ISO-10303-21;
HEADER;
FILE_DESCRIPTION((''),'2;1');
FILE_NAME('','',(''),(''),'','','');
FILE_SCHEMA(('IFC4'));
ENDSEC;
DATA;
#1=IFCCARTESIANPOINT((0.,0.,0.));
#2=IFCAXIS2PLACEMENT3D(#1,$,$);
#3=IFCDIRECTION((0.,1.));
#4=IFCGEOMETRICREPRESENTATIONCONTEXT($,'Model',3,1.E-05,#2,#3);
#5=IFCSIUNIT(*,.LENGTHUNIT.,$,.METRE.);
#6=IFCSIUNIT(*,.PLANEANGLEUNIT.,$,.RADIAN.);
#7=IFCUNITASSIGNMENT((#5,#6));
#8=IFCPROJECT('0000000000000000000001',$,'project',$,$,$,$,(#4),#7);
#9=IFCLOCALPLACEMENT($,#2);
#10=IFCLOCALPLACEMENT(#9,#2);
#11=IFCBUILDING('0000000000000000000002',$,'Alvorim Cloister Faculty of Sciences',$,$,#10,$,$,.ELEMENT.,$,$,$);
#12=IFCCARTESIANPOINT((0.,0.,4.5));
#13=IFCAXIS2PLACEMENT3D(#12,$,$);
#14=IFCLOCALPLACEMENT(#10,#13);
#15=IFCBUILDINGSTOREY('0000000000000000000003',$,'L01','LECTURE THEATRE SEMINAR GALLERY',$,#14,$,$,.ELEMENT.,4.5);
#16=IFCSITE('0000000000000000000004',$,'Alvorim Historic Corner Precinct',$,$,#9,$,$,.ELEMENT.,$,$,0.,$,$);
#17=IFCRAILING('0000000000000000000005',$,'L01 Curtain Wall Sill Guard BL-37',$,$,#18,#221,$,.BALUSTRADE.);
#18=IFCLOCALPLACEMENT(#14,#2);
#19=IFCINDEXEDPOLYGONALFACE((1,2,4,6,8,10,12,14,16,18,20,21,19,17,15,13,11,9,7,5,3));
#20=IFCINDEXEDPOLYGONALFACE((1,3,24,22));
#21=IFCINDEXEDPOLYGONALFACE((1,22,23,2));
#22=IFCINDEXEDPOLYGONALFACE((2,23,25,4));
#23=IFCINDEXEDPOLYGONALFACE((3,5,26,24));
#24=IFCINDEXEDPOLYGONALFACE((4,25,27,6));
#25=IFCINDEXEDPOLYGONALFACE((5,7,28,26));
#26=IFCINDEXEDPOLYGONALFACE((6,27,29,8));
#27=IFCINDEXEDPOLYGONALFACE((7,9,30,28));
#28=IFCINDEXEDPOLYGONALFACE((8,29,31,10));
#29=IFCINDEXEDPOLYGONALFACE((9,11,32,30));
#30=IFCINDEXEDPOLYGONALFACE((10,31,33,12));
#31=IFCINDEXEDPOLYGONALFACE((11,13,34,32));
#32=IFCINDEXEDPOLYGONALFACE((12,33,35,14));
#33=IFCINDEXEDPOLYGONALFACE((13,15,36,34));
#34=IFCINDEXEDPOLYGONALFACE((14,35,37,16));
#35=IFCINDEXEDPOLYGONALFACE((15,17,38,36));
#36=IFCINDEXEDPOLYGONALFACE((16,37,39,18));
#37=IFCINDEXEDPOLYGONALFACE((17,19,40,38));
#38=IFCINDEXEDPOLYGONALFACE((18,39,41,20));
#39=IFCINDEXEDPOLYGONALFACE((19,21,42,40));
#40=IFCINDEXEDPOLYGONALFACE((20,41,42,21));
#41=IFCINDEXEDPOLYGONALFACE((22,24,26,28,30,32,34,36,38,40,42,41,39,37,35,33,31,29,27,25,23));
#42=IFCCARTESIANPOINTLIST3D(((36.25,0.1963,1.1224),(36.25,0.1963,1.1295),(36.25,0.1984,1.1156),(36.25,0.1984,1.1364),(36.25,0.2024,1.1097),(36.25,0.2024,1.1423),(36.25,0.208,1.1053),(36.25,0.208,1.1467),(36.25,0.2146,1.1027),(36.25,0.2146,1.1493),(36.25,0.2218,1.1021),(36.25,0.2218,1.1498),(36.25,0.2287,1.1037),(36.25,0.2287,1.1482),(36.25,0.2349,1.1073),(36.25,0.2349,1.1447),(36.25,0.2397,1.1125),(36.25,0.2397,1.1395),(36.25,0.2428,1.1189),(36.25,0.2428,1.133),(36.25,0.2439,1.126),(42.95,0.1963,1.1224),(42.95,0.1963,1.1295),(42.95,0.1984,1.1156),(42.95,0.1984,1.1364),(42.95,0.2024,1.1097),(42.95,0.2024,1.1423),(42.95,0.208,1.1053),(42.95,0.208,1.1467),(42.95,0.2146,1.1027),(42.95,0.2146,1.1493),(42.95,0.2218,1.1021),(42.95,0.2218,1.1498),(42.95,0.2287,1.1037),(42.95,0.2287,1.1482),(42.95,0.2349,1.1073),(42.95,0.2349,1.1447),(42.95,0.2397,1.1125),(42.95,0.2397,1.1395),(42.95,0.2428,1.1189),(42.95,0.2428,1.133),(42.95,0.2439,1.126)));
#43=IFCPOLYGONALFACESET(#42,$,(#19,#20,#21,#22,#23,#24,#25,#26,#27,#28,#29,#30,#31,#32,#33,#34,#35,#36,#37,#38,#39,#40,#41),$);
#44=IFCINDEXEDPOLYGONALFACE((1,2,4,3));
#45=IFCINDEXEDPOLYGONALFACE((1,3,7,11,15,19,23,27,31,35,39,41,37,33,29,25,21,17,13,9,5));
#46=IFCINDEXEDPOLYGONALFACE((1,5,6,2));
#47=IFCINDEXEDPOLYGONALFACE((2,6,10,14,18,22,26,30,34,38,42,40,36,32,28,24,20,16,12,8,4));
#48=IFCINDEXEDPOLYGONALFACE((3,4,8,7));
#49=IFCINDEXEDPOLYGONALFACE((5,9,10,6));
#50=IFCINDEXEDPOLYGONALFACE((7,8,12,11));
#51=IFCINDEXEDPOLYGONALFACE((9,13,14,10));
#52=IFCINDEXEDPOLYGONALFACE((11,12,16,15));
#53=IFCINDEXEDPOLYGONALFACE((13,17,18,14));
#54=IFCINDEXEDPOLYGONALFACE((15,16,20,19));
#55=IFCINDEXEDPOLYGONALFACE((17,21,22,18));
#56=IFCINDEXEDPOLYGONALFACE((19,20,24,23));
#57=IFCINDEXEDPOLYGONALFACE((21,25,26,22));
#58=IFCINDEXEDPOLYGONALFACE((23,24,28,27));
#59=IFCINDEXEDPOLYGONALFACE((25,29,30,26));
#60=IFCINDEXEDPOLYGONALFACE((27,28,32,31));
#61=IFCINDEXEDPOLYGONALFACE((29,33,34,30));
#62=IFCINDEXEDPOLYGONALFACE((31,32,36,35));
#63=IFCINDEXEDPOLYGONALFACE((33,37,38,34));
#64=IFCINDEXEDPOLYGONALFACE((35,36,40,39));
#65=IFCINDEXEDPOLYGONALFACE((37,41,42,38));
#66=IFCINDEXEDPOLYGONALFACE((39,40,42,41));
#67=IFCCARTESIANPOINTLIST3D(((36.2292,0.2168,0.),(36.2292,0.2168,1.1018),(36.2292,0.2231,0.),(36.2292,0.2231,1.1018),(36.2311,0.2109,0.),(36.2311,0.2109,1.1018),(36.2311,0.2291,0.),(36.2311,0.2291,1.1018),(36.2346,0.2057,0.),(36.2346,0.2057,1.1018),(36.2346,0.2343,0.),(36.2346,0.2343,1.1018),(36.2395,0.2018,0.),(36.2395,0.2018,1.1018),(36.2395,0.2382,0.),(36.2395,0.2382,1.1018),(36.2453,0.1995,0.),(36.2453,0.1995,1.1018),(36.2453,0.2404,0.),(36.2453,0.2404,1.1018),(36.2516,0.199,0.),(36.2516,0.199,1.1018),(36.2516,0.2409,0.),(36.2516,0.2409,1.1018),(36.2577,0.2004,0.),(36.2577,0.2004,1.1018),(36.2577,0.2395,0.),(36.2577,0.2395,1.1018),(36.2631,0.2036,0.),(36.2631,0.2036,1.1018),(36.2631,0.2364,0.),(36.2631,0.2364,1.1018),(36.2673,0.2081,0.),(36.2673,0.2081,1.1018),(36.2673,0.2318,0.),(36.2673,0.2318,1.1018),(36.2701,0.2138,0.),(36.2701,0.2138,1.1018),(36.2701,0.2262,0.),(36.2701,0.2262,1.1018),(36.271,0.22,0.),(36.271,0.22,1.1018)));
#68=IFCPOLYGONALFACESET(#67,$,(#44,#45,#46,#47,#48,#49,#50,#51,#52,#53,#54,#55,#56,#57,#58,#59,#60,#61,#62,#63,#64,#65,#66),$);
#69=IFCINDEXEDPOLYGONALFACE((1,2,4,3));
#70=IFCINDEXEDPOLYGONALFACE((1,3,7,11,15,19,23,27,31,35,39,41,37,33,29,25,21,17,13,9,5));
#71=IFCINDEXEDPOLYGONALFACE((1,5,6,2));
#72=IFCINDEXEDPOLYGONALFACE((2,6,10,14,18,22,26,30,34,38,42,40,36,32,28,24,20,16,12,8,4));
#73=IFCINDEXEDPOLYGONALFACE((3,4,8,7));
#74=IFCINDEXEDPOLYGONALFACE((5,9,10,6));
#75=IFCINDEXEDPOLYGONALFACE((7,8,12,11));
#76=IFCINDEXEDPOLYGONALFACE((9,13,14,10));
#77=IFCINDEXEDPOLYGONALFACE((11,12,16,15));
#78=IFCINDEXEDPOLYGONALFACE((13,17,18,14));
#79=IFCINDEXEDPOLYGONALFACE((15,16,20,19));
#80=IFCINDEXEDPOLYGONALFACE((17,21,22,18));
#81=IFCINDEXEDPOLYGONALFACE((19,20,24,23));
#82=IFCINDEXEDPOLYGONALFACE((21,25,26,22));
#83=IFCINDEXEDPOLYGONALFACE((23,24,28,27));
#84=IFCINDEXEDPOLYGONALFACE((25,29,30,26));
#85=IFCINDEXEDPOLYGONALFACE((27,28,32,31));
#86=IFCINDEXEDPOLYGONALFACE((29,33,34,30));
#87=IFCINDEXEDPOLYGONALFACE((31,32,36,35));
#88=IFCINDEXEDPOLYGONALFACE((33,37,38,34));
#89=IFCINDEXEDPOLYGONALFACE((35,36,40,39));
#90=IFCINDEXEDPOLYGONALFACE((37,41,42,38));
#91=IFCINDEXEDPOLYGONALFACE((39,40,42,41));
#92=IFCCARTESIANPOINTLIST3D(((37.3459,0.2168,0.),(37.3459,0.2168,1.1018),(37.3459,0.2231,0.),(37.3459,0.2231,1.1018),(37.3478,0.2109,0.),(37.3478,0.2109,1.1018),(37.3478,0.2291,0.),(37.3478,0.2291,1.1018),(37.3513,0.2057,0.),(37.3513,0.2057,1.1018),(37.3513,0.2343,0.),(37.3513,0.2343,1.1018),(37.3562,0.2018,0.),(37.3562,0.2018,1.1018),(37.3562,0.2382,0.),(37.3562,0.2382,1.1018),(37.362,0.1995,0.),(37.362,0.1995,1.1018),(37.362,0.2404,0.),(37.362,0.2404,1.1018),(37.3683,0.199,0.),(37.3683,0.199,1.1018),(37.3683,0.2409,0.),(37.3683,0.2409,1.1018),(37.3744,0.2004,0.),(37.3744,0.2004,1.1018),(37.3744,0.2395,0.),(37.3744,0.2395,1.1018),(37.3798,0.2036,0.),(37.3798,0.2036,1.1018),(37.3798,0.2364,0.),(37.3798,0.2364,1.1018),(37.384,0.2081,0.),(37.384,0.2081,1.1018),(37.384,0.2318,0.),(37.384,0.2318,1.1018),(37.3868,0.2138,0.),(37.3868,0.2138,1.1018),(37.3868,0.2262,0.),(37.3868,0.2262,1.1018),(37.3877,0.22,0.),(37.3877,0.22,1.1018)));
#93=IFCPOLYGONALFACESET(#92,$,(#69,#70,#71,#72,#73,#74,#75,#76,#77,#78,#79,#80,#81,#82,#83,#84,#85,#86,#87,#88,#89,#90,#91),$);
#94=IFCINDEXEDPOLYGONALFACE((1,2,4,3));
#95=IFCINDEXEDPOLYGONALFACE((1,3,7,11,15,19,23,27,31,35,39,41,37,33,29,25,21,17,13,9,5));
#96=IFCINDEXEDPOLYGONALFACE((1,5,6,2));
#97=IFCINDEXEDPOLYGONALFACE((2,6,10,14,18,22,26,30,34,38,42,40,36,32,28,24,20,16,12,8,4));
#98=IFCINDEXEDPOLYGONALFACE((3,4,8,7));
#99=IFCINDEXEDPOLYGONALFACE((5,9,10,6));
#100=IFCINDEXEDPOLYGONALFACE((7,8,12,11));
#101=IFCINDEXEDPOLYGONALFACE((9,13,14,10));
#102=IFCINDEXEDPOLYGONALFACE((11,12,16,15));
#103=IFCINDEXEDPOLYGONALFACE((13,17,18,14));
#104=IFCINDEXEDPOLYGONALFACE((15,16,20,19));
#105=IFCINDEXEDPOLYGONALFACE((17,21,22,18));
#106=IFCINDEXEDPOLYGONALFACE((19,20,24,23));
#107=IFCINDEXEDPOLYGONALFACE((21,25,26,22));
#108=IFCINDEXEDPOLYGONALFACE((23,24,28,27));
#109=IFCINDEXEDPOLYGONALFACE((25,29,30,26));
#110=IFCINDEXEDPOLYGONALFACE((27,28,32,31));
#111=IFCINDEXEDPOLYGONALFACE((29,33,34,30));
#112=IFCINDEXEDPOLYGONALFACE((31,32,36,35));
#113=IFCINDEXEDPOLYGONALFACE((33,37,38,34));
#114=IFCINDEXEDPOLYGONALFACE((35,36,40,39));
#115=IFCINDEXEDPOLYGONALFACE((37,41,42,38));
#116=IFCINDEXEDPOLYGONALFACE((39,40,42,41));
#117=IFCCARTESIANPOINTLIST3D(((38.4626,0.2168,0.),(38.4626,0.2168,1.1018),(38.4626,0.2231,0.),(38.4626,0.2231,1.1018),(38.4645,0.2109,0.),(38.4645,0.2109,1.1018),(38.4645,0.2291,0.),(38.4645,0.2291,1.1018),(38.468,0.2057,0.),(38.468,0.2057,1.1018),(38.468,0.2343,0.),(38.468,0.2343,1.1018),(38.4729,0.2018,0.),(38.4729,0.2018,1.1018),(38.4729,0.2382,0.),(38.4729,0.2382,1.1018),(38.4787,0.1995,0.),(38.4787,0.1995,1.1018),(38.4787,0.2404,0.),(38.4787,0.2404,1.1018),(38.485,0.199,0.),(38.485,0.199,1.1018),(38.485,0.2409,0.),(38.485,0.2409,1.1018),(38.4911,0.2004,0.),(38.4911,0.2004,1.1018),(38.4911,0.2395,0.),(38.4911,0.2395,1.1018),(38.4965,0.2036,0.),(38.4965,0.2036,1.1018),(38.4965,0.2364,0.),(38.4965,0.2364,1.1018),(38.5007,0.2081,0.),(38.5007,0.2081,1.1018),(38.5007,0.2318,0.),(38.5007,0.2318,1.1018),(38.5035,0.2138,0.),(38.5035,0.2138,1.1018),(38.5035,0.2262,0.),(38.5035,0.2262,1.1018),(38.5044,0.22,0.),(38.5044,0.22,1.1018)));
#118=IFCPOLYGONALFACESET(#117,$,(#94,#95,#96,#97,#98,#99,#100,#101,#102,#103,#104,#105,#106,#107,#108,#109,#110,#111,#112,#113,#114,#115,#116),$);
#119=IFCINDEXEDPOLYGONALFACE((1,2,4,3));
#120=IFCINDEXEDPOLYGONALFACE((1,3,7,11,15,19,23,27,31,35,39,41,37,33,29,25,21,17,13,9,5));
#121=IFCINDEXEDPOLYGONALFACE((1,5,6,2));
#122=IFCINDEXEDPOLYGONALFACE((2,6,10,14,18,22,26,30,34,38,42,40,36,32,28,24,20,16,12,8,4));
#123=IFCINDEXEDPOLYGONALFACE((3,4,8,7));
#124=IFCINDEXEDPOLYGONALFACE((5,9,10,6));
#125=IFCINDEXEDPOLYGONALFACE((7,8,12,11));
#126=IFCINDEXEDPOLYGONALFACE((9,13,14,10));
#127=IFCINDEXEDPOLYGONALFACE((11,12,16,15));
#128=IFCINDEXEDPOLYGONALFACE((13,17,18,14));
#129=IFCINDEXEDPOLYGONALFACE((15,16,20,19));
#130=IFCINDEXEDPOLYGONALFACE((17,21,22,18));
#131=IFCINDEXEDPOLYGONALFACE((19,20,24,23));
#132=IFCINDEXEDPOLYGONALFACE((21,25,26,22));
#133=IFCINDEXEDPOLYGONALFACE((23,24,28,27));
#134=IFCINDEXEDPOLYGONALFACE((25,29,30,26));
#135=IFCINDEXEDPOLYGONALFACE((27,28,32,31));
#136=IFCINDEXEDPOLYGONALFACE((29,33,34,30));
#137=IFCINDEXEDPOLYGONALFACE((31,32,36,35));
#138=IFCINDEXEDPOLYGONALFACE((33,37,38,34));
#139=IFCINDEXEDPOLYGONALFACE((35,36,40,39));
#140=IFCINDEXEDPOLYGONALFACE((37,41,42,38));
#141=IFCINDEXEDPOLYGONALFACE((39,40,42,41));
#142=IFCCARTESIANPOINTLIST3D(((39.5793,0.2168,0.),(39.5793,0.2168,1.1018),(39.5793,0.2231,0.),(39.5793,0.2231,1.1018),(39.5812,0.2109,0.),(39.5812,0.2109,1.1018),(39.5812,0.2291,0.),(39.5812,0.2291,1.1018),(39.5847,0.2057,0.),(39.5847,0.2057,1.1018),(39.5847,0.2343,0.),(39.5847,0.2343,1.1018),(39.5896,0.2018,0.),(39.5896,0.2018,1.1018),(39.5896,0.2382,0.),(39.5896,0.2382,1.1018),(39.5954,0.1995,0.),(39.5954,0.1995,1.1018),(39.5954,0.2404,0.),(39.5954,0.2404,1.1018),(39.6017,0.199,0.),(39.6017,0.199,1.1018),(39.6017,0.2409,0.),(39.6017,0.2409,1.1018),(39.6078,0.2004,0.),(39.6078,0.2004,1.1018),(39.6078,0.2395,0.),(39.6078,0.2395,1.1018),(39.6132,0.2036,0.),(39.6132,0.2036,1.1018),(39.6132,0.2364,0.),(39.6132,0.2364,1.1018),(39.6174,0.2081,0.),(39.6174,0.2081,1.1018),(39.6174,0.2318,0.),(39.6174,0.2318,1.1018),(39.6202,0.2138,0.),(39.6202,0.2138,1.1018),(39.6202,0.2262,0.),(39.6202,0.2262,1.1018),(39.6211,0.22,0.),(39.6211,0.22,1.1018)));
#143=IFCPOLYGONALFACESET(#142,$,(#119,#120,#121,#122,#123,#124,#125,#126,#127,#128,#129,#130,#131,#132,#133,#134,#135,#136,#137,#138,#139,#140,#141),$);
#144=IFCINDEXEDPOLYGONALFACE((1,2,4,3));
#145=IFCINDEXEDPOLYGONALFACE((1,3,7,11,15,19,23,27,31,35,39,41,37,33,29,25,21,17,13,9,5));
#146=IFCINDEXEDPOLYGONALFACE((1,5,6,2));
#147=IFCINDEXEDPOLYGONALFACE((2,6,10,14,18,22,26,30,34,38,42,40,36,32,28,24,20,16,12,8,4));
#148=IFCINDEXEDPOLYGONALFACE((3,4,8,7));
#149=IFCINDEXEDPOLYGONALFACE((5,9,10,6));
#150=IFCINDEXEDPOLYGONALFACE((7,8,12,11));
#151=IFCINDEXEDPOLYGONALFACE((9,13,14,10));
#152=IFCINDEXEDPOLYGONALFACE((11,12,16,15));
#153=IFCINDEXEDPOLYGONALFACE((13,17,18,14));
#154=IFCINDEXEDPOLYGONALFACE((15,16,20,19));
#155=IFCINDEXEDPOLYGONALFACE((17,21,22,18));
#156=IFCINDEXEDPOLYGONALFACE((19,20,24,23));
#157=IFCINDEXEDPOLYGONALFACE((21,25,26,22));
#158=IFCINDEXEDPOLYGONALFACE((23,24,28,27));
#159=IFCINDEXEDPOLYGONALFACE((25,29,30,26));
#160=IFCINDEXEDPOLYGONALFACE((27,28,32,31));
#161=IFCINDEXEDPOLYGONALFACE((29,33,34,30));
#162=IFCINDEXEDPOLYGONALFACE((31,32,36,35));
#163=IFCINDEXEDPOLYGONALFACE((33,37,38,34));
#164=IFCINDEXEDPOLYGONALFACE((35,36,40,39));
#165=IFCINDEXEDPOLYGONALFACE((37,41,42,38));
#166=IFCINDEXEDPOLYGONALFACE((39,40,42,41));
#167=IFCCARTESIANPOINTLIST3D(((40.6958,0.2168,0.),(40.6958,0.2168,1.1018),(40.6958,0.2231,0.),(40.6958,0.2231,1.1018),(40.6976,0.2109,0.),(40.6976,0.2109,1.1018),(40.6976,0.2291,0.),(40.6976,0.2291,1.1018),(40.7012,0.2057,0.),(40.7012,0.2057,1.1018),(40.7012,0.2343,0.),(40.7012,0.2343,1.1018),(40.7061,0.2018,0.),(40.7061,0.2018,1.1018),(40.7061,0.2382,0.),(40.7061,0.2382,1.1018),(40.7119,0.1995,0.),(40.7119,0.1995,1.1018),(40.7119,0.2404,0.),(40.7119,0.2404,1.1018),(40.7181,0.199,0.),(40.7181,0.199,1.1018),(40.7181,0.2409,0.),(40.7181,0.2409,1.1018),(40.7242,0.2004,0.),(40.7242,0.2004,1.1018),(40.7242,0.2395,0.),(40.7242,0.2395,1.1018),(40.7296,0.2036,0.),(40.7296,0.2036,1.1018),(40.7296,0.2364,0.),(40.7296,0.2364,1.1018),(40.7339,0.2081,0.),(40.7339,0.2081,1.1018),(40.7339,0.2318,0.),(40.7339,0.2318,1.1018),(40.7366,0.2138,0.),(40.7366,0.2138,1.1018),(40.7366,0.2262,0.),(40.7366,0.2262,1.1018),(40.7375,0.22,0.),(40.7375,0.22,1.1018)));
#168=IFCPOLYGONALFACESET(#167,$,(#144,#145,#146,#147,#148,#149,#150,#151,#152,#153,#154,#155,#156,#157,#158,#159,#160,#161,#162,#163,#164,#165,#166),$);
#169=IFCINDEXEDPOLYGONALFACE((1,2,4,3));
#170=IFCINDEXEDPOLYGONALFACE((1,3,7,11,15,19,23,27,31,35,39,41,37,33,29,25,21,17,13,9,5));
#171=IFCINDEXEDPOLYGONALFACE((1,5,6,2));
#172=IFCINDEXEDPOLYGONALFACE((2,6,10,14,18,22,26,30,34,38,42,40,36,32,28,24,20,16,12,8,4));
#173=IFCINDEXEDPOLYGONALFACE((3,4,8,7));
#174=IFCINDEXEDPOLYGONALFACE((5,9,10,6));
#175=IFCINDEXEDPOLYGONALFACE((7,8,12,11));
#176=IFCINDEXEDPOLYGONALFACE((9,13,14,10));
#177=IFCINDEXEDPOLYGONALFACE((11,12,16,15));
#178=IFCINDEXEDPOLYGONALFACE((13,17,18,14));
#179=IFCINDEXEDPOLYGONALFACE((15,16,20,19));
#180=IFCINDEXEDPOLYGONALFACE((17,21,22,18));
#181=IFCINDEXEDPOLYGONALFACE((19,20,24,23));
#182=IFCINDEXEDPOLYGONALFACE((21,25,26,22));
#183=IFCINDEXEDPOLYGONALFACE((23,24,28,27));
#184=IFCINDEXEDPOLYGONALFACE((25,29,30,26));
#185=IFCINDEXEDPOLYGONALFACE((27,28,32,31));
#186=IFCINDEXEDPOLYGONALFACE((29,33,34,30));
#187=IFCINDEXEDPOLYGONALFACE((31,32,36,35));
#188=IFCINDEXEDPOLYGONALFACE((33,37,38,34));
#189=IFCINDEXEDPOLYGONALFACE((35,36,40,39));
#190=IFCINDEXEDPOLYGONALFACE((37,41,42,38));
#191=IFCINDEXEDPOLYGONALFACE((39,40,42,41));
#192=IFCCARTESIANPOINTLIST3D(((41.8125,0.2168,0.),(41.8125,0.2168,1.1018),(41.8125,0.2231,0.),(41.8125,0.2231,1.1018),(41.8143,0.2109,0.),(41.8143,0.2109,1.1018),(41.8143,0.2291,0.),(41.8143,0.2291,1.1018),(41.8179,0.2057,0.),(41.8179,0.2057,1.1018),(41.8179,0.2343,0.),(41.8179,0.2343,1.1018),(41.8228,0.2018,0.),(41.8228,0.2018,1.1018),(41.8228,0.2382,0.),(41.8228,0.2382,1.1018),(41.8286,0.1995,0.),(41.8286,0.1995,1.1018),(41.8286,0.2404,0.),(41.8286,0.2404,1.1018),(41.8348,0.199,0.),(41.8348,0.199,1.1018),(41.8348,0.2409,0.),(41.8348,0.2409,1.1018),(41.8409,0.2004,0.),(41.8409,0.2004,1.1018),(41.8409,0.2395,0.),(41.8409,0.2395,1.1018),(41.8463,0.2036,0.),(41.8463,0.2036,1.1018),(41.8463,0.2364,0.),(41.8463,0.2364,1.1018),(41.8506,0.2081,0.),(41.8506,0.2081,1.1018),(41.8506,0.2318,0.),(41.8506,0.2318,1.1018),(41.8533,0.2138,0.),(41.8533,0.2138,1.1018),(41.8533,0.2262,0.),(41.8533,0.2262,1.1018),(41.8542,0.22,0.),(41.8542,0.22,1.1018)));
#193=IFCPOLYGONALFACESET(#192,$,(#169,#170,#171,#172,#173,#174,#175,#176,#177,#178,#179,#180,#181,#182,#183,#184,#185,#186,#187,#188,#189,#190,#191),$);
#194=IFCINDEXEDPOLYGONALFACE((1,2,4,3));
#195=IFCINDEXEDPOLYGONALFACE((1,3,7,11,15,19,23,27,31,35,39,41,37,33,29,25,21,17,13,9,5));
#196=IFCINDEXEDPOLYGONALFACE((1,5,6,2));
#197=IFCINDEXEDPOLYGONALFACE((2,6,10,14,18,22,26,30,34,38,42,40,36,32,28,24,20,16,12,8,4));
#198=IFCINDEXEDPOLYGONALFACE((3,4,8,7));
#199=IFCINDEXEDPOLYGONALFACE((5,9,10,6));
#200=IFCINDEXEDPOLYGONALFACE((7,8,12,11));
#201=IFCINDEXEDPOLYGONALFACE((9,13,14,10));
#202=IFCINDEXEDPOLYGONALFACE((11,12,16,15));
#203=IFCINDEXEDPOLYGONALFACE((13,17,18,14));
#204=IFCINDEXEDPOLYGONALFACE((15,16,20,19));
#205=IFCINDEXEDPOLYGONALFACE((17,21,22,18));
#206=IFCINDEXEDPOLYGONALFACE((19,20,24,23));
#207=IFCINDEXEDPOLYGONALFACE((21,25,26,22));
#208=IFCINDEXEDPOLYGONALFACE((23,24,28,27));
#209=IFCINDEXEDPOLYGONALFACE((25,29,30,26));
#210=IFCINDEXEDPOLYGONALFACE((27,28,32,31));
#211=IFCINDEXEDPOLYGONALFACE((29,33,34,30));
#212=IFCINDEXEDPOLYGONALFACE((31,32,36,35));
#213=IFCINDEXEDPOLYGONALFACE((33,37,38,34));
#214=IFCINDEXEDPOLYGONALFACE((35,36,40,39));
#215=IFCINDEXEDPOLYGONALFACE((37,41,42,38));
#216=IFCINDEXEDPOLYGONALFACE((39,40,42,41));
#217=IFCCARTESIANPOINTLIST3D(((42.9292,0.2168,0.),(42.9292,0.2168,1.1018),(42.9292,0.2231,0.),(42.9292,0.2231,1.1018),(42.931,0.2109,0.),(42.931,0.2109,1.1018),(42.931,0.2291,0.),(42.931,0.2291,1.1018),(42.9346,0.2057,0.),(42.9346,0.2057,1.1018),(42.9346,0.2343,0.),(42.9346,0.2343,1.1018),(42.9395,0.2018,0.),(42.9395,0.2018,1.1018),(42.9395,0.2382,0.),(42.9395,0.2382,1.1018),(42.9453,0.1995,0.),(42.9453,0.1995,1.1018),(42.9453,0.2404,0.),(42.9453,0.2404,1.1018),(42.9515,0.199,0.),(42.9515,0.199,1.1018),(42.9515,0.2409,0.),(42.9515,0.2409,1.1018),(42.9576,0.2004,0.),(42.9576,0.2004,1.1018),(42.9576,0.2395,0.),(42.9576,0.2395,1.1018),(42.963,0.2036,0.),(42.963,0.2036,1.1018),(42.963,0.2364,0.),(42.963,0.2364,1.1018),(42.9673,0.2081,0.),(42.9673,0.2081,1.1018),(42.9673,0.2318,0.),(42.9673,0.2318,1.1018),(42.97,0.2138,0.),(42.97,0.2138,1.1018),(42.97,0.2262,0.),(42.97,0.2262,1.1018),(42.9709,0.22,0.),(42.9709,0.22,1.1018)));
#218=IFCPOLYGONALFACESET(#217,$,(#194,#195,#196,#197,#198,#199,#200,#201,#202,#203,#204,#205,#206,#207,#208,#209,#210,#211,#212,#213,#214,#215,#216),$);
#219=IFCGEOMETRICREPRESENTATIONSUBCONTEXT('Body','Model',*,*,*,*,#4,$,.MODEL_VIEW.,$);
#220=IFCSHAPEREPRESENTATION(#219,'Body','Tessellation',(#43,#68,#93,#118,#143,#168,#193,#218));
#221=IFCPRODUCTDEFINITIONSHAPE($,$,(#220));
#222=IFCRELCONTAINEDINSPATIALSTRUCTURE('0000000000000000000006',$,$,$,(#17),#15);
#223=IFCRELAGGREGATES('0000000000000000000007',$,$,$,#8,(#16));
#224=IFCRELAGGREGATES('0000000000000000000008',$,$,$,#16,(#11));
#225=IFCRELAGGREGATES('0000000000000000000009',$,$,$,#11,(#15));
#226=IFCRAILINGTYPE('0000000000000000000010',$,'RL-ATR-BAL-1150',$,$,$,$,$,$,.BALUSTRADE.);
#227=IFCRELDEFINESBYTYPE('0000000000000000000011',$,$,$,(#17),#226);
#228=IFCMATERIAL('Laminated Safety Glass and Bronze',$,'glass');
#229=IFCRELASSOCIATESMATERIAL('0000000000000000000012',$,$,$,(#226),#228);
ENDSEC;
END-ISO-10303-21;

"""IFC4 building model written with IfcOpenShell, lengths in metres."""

from ifc_helpers import new_model, si_unit, direction, frame, origin, origin_2d, place, context, subcontext, project, spatial, circle, extrude, material, type_object, element, save


model = new_model("IFC4")

# Units and contexts
model_context = context("Model", 3, precision=1e-05, world=origin(), true_north=direction((0.0, 1.0)))
body_context = subcontext(model_context, "Body", "Model", "MODEL_VIEW")
ifc_project = project(units=[si_unit("LENGTHUNIT", "METRE"), si_unit("PLANEANGLEUNIT", "RADIAN")], contexts=[model_context])

# Site, building, storey
site_placement = place(None, origin())
site = spatial("IfcSite", under=ifc_project, at=site_placement, Name="Alvorim Historic Corner Precinct", CompositionType="ELEMENT", RefElevation=0.0)
building_placement = place(site_placement, origin())
building = spatial("IfcBuilding", under=site, at=building_placement, Name="Alvorim Cloister Faculty of Sciences", CompositionType="ELEMENT")
storey_placement = place(building_placement, frame((0.0, 0.0, 4.5)))
storey = spatial("IfcBuildingStorey", under=building, at=storey_placement, Name="L01", Description="LECTURE THEATRE SEMINAR GALLERY", CompositionType="ELEMENT", Elevation=4.5)

# Railing
ifc_material_1 = material(Name="Laminated Safety Glass and Bronze", Category="glass")
railing_type = type_object("IfcRailingType", Name="RL-ATR-BAL-1150", PredefinedType="BALUSTRADE", material=ifc_material_1)
railing_placement = place(storey_placement, frame((36.25, 0.22, 0.0)))
element("IfcRailing", 1, at=railing_placement, inside=storey, type_object=railing_type, Name="L01 Curtain Wall Sill Guard BL-37", PredefinedType="BALUSTRADE", context=body_context, shape_type="SweptSolid", body=[
    extrude(circle(Radius=0.0239, at=origin_2d()), frame((0.0, 0.0, 1.126), z_axis=(1.0, 0.0, 0.0), x_axis=(0.0, 1.0, 0.0)), (0.0, 0.0, 1.0), 6.7),
    extrude(circle(Radius=0.021, at=origin_2d()), origin(), (0.0, 0.0, 1.0), 1.1018),
    extrude(circle(Radius=0.021, at=origin_2d()), frame((1.1167, 0.0, 0.0)), (0.0, 0.0, 1.0), 1.1018),
    extrude(circle(Radius=0.021, at=origin_2d()), frame((2.2334, 0.0, 0.0)), (0.0, 0.0, 1.0), 1.1018),
    extrude(circle(Radius=0.021, at=origin_2d()), frame((3.3501, 0.0, 0.0)), (0.0, 0.0, 1.0), 1.1018),
    extrude(circle(Radius=0.021, at=origin_2d()), frame((4.4666, 0.0, 0.0)), (0.0, 0.0, 1.0), 1.1018),
    extrude(circle(Radius=0.021, at=origin_2d()), frame((5.5833, 0.0, 0.0)), (0.0, 0.0, 1.0), 1.1018),
    extrude(circle(Radius=0.021, at=origin_2d()), frame((6.7, 0.0, 0.0)), (0.0, 0.0, 1.0), 1.1018),
])

save(model, "model.ifc")
